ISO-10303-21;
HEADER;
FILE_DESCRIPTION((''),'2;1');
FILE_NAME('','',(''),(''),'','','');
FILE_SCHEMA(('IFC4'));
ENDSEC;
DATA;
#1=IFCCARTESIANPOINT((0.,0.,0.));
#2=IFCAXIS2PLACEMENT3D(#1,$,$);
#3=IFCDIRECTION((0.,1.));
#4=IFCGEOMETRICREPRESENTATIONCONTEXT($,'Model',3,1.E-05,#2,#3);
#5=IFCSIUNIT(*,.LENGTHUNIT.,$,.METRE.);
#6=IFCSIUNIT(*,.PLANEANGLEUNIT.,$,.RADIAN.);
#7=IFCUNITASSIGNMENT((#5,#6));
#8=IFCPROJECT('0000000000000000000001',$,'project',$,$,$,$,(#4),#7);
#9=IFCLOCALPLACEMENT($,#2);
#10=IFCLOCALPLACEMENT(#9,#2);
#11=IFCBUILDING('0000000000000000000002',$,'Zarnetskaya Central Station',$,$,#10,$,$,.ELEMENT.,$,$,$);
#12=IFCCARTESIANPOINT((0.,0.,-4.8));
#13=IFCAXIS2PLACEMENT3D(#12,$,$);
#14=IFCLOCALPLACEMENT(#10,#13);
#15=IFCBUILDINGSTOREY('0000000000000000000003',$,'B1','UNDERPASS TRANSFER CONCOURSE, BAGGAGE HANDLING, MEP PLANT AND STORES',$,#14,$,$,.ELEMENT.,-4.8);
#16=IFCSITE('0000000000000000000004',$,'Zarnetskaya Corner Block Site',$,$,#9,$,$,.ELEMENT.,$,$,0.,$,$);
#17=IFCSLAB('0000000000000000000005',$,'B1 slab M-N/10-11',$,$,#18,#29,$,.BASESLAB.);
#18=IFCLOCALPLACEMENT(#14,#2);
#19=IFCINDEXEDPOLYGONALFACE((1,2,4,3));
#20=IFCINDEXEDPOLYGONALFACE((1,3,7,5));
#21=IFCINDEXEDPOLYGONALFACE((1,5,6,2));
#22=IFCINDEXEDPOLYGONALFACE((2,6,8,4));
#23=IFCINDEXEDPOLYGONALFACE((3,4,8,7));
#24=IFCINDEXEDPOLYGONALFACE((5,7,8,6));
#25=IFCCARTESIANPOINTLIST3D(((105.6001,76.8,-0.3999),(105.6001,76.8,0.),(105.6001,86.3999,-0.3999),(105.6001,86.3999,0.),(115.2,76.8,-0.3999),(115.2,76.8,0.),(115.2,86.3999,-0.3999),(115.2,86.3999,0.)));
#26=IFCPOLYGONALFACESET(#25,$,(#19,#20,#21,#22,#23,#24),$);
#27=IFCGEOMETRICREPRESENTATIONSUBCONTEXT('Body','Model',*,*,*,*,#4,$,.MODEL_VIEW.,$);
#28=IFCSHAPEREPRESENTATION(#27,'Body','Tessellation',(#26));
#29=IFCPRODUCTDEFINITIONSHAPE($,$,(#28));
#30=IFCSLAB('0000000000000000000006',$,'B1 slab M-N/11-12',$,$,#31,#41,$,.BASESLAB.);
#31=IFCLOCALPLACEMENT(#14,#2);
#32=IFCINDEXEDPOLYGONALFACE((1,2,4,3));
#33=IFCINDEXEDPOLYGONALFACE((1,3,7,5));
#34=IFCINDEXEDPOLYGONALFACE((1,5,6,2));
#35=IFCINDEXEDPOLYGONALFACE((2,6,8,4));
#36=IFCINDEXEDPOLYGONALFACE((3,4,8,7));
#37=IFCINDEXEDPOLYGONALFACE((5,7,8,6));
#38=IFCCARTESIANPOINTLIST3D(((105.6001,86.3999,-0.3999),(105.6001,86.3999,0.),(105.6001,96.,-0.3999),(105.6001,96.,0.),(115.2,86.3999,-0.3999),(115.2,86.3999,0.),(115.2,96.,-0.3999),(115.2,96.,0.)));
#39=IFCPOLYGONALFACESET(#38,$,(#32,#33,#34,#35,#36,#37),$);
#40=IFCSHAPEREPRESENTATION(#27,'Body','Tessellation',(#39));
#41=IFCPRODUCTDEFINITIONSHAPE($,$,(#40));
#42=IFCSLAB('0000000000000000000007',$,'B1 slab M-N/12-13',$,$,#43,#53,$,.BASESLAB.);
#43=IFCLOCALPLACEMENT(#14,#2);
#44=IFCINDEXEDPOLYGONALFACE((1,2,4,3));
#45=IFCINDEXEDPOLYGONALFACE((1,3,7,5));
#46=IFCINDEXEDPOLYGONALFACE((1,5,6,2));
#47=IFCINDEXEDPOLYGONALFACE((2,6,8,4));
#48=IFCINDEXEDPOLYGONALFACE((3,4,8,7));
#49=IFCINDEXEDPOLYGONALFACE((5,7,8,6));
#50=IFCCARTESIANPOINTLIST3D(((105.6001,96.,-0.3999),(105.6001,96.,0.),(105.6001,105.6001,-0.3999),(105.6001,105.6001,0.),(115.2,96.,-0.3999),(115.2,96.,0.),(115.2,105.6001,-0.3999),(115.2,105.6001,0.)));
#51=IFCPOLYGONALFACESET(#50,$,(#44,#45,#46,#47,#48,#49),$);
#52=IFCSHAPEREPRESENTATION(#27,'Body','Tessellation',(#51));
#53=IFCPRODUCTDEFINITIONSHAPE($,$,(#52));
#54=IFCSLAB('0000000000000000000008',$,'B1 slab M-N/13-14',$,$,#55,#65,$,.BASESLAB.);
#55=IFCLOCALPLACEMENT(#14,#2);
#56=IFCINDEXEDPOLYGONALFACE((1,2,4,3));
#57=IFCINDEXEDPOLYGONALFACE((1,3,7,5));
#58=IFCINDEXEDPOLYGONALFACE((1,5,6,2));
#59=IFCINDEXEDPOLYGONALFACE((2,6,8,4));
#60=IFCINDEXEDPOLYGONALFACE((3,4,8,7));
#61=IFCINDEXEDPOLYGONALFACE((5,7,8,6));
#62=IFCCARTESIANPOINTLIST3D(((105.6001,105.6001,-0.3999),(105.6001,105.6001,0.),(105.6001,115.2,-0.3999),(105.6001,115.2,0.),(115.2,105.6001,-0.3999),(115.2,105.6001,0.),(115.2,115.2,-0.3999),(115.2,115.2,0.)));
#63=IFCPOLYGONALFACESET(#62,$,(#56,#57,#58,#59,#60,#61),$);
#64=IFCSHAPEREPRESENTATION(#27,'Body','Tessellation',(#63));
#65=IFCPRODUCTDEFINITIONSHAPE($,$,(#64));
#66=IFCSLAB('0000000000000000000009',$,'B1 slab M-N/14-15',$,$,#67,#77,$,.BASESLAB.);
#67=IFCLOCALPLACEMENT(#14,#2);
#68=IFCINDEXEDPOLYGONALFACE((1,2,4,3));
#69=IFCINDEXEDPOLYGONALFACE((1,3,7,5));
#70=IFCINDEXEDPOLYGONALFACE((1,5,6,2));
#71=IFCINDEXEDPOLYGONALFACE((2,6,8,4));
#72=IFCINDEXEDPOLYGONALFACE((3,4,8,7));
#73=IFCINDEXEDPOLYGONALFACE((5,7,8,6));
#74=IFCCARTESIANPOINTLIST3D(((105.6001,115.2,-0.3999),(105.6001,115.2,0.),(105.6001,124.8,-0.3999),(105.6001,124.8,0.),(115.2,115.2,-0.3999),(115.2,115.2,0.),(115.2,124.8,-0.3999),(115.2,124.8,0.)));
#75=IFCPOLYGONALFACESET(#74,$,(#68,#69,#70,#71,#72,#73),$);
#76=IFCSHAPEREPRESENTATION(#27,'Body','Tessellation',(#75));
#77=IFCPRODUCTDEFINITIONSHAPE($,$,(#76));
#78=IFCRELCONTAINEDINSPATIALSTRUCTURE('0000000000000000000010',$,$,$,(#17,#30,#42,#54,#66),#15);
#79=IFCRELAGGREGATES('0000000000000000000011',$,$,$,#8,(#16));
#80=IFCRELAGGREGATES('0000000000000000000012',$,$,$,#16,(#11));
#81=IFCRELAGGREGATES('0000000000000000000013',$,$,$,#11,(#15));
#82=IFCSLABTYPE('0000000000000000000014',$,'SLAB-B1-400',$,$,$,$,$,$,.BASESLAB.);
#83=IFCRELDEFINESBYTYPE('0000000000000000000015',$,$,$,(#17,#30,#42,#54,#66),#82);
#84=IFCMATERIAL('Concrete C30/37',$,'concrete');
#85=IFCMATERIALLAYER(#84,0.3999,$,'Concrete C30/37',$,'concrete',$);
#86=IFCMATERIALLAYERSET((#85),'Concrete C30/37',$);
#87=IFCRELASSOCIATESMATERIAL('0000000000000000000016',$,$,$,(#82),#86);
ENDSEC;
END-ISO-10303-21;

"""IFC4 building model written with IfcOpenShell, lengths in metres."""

from ifc_helpers import new_model, si_unit, direction, frame, origin, place, context, subcontext, project, spatial, polyline, outline, extrude, material, layer, layer_set, type_object, element, save


model = new_model("IFC4")

# Units and contexts
model_context = context("Model", 3, precision=1e-05, world=origin(), true_north=direction((0.0, 1.0)))
body_context = subcontext(model_context, "Body", "Model", "MODEL_VIEW")
ifc_project = project(units=[si_unit("LENGTHUNIT", "METRE"), si_unit("PLANEANGLEUNIT", "RADIAN")], contexts=[model_context])

# Site, building, storey
site_placement = place(None, origin())
site = spatial("IfcSite", under=ifc_project, at=site_placement, Name="Zarnetskaya Corner Block Site", CompositionType="ELEMENT", RefElevation=0.0)
building_placement = place(site_placement, origin())
building = spatial("IfcBuilding", under=site, at=building_placement, Name="Zarnetskaya Central Station", CompositionType="ELEMENT")
storey_placement = place(building_placement, frame((0.0, 0.0, -4.8)))
storey = spatial("IfcBuildingStorey", under=building, at=storey_placement, Name="B1", Description="UNDERPASS TRANSFER CONCOURSE, BAGGAGE HANDLING, MEP PLANT AND STORES", CompositionType="ELEMENT", Elevation=-4.8)

# Slabs
ifc_material = material(Name="Concrete C30/37", Category="concrete")
ifc_layer = layer(ifc_material, 0.3999, Name="Concrete C30/37", Category="concrete")
ifc_layer_set = layer_set([ifc_layer], Name="Concrete C30/37")
slab_type = type_object("IfcSlabType", Name="SLAB-B1-400", PredefinedType="BASESLAB", material=ifc_layer_set)
slab_1_placement = place(storey_placement, frame((0.0, 0.0, -0.3999)))
element("IfcSlab", 1, at=slab_1_placement, inside=storey, type_object=slab_type, Name="B1 slab M-N/10-11", PredefinedType="BASESLAB", context=body_context, shape_type="SweptSolid", body=[
    extrude(outline(polyline([(105.6001, 76.8), (115.2, 76.8), (115.2, 86.3999), (105.6001, 86.3999), (105.6001, 76.8)])), origin(), (0.0, 0.0, 1.0), 0.3999),
])
slab_2_placement = place(storey_placement, frame((0.0, 0.0, -0.3999)))
element("IfcSlab", 2, at=slab_2_placement, inside=storey, type_object=slab_type, Name="B1 slab M-N/11-12", PredefinedType="BASESLAB", context=body_context, shape_type="SweptSolid", body=[
    extrude(outline(polyline([(105.6001, 86.3999), (115.2, 86.3999), (115.2, 96.0), (105.6001, 96.0), (105.6001, 86.3999)])), origin(), (0.0, 0.0, 1.0), 0.3999),
])
slab_3_placement = place(storey_placement, frame((0.0, 0.0, -0.3999)))
element("IfcSlab", 3, at=slab_3_placement, inside=storey, type_object=slab_type, Name="B1 slab M-N/12-13", PredefinedType="BASESLAB", context=body_context, shape_type="SweptSolid", body=[
    extrude(outline(polyline([(105.6001, 96.0), (115.2, 96.0), (115.2, 105.6001), (105.6001, 105.6001), (105.6001, 96.0)])), origin(), (0.0, 0.0, 1.0), 0.3999),
])
slab_4_placement = place(storey_placement, frame((0.0, 0.0, -0.3999)))
element("IfcSlab", 4, at=slab_4_placement, inside=storey, type_object=slab_type, Name="B1 slab M-N/13-14", PredefinedType="BASESLAB", context=body_context, shape_type="SweptSolid", body=[
    extrude(outline(polyline([(105.6001, 105.6001), (115.2, 105.6001), (115.2, 115.2), (105.6001, 115.2), (105.6001, 105.6001)])), origin(), (0.0, 0.0, 1.0), 0.3999),
])
slab_5_placement = place(storey_placement, frame((0.0, 0.0, -0.3999)))
element("IfcSlab", 5, at=slab_5_placement, inside=storey, type_object=slab_type, Name="B1 slab M-N/14-15", PredefinedType="BASESLAB", context=body_context, shape_type="SweptSolid", body=[
    extrude(outline(polyline([(105.6001, 115.2), (115.2, 115.2), (115.2, 124.8), (105.6001, 124.8), (105.6001, 115.2)])), origin(), (0.0, 0.0, 1.0), 0.3999),
])

save(model, "model.ifc")
